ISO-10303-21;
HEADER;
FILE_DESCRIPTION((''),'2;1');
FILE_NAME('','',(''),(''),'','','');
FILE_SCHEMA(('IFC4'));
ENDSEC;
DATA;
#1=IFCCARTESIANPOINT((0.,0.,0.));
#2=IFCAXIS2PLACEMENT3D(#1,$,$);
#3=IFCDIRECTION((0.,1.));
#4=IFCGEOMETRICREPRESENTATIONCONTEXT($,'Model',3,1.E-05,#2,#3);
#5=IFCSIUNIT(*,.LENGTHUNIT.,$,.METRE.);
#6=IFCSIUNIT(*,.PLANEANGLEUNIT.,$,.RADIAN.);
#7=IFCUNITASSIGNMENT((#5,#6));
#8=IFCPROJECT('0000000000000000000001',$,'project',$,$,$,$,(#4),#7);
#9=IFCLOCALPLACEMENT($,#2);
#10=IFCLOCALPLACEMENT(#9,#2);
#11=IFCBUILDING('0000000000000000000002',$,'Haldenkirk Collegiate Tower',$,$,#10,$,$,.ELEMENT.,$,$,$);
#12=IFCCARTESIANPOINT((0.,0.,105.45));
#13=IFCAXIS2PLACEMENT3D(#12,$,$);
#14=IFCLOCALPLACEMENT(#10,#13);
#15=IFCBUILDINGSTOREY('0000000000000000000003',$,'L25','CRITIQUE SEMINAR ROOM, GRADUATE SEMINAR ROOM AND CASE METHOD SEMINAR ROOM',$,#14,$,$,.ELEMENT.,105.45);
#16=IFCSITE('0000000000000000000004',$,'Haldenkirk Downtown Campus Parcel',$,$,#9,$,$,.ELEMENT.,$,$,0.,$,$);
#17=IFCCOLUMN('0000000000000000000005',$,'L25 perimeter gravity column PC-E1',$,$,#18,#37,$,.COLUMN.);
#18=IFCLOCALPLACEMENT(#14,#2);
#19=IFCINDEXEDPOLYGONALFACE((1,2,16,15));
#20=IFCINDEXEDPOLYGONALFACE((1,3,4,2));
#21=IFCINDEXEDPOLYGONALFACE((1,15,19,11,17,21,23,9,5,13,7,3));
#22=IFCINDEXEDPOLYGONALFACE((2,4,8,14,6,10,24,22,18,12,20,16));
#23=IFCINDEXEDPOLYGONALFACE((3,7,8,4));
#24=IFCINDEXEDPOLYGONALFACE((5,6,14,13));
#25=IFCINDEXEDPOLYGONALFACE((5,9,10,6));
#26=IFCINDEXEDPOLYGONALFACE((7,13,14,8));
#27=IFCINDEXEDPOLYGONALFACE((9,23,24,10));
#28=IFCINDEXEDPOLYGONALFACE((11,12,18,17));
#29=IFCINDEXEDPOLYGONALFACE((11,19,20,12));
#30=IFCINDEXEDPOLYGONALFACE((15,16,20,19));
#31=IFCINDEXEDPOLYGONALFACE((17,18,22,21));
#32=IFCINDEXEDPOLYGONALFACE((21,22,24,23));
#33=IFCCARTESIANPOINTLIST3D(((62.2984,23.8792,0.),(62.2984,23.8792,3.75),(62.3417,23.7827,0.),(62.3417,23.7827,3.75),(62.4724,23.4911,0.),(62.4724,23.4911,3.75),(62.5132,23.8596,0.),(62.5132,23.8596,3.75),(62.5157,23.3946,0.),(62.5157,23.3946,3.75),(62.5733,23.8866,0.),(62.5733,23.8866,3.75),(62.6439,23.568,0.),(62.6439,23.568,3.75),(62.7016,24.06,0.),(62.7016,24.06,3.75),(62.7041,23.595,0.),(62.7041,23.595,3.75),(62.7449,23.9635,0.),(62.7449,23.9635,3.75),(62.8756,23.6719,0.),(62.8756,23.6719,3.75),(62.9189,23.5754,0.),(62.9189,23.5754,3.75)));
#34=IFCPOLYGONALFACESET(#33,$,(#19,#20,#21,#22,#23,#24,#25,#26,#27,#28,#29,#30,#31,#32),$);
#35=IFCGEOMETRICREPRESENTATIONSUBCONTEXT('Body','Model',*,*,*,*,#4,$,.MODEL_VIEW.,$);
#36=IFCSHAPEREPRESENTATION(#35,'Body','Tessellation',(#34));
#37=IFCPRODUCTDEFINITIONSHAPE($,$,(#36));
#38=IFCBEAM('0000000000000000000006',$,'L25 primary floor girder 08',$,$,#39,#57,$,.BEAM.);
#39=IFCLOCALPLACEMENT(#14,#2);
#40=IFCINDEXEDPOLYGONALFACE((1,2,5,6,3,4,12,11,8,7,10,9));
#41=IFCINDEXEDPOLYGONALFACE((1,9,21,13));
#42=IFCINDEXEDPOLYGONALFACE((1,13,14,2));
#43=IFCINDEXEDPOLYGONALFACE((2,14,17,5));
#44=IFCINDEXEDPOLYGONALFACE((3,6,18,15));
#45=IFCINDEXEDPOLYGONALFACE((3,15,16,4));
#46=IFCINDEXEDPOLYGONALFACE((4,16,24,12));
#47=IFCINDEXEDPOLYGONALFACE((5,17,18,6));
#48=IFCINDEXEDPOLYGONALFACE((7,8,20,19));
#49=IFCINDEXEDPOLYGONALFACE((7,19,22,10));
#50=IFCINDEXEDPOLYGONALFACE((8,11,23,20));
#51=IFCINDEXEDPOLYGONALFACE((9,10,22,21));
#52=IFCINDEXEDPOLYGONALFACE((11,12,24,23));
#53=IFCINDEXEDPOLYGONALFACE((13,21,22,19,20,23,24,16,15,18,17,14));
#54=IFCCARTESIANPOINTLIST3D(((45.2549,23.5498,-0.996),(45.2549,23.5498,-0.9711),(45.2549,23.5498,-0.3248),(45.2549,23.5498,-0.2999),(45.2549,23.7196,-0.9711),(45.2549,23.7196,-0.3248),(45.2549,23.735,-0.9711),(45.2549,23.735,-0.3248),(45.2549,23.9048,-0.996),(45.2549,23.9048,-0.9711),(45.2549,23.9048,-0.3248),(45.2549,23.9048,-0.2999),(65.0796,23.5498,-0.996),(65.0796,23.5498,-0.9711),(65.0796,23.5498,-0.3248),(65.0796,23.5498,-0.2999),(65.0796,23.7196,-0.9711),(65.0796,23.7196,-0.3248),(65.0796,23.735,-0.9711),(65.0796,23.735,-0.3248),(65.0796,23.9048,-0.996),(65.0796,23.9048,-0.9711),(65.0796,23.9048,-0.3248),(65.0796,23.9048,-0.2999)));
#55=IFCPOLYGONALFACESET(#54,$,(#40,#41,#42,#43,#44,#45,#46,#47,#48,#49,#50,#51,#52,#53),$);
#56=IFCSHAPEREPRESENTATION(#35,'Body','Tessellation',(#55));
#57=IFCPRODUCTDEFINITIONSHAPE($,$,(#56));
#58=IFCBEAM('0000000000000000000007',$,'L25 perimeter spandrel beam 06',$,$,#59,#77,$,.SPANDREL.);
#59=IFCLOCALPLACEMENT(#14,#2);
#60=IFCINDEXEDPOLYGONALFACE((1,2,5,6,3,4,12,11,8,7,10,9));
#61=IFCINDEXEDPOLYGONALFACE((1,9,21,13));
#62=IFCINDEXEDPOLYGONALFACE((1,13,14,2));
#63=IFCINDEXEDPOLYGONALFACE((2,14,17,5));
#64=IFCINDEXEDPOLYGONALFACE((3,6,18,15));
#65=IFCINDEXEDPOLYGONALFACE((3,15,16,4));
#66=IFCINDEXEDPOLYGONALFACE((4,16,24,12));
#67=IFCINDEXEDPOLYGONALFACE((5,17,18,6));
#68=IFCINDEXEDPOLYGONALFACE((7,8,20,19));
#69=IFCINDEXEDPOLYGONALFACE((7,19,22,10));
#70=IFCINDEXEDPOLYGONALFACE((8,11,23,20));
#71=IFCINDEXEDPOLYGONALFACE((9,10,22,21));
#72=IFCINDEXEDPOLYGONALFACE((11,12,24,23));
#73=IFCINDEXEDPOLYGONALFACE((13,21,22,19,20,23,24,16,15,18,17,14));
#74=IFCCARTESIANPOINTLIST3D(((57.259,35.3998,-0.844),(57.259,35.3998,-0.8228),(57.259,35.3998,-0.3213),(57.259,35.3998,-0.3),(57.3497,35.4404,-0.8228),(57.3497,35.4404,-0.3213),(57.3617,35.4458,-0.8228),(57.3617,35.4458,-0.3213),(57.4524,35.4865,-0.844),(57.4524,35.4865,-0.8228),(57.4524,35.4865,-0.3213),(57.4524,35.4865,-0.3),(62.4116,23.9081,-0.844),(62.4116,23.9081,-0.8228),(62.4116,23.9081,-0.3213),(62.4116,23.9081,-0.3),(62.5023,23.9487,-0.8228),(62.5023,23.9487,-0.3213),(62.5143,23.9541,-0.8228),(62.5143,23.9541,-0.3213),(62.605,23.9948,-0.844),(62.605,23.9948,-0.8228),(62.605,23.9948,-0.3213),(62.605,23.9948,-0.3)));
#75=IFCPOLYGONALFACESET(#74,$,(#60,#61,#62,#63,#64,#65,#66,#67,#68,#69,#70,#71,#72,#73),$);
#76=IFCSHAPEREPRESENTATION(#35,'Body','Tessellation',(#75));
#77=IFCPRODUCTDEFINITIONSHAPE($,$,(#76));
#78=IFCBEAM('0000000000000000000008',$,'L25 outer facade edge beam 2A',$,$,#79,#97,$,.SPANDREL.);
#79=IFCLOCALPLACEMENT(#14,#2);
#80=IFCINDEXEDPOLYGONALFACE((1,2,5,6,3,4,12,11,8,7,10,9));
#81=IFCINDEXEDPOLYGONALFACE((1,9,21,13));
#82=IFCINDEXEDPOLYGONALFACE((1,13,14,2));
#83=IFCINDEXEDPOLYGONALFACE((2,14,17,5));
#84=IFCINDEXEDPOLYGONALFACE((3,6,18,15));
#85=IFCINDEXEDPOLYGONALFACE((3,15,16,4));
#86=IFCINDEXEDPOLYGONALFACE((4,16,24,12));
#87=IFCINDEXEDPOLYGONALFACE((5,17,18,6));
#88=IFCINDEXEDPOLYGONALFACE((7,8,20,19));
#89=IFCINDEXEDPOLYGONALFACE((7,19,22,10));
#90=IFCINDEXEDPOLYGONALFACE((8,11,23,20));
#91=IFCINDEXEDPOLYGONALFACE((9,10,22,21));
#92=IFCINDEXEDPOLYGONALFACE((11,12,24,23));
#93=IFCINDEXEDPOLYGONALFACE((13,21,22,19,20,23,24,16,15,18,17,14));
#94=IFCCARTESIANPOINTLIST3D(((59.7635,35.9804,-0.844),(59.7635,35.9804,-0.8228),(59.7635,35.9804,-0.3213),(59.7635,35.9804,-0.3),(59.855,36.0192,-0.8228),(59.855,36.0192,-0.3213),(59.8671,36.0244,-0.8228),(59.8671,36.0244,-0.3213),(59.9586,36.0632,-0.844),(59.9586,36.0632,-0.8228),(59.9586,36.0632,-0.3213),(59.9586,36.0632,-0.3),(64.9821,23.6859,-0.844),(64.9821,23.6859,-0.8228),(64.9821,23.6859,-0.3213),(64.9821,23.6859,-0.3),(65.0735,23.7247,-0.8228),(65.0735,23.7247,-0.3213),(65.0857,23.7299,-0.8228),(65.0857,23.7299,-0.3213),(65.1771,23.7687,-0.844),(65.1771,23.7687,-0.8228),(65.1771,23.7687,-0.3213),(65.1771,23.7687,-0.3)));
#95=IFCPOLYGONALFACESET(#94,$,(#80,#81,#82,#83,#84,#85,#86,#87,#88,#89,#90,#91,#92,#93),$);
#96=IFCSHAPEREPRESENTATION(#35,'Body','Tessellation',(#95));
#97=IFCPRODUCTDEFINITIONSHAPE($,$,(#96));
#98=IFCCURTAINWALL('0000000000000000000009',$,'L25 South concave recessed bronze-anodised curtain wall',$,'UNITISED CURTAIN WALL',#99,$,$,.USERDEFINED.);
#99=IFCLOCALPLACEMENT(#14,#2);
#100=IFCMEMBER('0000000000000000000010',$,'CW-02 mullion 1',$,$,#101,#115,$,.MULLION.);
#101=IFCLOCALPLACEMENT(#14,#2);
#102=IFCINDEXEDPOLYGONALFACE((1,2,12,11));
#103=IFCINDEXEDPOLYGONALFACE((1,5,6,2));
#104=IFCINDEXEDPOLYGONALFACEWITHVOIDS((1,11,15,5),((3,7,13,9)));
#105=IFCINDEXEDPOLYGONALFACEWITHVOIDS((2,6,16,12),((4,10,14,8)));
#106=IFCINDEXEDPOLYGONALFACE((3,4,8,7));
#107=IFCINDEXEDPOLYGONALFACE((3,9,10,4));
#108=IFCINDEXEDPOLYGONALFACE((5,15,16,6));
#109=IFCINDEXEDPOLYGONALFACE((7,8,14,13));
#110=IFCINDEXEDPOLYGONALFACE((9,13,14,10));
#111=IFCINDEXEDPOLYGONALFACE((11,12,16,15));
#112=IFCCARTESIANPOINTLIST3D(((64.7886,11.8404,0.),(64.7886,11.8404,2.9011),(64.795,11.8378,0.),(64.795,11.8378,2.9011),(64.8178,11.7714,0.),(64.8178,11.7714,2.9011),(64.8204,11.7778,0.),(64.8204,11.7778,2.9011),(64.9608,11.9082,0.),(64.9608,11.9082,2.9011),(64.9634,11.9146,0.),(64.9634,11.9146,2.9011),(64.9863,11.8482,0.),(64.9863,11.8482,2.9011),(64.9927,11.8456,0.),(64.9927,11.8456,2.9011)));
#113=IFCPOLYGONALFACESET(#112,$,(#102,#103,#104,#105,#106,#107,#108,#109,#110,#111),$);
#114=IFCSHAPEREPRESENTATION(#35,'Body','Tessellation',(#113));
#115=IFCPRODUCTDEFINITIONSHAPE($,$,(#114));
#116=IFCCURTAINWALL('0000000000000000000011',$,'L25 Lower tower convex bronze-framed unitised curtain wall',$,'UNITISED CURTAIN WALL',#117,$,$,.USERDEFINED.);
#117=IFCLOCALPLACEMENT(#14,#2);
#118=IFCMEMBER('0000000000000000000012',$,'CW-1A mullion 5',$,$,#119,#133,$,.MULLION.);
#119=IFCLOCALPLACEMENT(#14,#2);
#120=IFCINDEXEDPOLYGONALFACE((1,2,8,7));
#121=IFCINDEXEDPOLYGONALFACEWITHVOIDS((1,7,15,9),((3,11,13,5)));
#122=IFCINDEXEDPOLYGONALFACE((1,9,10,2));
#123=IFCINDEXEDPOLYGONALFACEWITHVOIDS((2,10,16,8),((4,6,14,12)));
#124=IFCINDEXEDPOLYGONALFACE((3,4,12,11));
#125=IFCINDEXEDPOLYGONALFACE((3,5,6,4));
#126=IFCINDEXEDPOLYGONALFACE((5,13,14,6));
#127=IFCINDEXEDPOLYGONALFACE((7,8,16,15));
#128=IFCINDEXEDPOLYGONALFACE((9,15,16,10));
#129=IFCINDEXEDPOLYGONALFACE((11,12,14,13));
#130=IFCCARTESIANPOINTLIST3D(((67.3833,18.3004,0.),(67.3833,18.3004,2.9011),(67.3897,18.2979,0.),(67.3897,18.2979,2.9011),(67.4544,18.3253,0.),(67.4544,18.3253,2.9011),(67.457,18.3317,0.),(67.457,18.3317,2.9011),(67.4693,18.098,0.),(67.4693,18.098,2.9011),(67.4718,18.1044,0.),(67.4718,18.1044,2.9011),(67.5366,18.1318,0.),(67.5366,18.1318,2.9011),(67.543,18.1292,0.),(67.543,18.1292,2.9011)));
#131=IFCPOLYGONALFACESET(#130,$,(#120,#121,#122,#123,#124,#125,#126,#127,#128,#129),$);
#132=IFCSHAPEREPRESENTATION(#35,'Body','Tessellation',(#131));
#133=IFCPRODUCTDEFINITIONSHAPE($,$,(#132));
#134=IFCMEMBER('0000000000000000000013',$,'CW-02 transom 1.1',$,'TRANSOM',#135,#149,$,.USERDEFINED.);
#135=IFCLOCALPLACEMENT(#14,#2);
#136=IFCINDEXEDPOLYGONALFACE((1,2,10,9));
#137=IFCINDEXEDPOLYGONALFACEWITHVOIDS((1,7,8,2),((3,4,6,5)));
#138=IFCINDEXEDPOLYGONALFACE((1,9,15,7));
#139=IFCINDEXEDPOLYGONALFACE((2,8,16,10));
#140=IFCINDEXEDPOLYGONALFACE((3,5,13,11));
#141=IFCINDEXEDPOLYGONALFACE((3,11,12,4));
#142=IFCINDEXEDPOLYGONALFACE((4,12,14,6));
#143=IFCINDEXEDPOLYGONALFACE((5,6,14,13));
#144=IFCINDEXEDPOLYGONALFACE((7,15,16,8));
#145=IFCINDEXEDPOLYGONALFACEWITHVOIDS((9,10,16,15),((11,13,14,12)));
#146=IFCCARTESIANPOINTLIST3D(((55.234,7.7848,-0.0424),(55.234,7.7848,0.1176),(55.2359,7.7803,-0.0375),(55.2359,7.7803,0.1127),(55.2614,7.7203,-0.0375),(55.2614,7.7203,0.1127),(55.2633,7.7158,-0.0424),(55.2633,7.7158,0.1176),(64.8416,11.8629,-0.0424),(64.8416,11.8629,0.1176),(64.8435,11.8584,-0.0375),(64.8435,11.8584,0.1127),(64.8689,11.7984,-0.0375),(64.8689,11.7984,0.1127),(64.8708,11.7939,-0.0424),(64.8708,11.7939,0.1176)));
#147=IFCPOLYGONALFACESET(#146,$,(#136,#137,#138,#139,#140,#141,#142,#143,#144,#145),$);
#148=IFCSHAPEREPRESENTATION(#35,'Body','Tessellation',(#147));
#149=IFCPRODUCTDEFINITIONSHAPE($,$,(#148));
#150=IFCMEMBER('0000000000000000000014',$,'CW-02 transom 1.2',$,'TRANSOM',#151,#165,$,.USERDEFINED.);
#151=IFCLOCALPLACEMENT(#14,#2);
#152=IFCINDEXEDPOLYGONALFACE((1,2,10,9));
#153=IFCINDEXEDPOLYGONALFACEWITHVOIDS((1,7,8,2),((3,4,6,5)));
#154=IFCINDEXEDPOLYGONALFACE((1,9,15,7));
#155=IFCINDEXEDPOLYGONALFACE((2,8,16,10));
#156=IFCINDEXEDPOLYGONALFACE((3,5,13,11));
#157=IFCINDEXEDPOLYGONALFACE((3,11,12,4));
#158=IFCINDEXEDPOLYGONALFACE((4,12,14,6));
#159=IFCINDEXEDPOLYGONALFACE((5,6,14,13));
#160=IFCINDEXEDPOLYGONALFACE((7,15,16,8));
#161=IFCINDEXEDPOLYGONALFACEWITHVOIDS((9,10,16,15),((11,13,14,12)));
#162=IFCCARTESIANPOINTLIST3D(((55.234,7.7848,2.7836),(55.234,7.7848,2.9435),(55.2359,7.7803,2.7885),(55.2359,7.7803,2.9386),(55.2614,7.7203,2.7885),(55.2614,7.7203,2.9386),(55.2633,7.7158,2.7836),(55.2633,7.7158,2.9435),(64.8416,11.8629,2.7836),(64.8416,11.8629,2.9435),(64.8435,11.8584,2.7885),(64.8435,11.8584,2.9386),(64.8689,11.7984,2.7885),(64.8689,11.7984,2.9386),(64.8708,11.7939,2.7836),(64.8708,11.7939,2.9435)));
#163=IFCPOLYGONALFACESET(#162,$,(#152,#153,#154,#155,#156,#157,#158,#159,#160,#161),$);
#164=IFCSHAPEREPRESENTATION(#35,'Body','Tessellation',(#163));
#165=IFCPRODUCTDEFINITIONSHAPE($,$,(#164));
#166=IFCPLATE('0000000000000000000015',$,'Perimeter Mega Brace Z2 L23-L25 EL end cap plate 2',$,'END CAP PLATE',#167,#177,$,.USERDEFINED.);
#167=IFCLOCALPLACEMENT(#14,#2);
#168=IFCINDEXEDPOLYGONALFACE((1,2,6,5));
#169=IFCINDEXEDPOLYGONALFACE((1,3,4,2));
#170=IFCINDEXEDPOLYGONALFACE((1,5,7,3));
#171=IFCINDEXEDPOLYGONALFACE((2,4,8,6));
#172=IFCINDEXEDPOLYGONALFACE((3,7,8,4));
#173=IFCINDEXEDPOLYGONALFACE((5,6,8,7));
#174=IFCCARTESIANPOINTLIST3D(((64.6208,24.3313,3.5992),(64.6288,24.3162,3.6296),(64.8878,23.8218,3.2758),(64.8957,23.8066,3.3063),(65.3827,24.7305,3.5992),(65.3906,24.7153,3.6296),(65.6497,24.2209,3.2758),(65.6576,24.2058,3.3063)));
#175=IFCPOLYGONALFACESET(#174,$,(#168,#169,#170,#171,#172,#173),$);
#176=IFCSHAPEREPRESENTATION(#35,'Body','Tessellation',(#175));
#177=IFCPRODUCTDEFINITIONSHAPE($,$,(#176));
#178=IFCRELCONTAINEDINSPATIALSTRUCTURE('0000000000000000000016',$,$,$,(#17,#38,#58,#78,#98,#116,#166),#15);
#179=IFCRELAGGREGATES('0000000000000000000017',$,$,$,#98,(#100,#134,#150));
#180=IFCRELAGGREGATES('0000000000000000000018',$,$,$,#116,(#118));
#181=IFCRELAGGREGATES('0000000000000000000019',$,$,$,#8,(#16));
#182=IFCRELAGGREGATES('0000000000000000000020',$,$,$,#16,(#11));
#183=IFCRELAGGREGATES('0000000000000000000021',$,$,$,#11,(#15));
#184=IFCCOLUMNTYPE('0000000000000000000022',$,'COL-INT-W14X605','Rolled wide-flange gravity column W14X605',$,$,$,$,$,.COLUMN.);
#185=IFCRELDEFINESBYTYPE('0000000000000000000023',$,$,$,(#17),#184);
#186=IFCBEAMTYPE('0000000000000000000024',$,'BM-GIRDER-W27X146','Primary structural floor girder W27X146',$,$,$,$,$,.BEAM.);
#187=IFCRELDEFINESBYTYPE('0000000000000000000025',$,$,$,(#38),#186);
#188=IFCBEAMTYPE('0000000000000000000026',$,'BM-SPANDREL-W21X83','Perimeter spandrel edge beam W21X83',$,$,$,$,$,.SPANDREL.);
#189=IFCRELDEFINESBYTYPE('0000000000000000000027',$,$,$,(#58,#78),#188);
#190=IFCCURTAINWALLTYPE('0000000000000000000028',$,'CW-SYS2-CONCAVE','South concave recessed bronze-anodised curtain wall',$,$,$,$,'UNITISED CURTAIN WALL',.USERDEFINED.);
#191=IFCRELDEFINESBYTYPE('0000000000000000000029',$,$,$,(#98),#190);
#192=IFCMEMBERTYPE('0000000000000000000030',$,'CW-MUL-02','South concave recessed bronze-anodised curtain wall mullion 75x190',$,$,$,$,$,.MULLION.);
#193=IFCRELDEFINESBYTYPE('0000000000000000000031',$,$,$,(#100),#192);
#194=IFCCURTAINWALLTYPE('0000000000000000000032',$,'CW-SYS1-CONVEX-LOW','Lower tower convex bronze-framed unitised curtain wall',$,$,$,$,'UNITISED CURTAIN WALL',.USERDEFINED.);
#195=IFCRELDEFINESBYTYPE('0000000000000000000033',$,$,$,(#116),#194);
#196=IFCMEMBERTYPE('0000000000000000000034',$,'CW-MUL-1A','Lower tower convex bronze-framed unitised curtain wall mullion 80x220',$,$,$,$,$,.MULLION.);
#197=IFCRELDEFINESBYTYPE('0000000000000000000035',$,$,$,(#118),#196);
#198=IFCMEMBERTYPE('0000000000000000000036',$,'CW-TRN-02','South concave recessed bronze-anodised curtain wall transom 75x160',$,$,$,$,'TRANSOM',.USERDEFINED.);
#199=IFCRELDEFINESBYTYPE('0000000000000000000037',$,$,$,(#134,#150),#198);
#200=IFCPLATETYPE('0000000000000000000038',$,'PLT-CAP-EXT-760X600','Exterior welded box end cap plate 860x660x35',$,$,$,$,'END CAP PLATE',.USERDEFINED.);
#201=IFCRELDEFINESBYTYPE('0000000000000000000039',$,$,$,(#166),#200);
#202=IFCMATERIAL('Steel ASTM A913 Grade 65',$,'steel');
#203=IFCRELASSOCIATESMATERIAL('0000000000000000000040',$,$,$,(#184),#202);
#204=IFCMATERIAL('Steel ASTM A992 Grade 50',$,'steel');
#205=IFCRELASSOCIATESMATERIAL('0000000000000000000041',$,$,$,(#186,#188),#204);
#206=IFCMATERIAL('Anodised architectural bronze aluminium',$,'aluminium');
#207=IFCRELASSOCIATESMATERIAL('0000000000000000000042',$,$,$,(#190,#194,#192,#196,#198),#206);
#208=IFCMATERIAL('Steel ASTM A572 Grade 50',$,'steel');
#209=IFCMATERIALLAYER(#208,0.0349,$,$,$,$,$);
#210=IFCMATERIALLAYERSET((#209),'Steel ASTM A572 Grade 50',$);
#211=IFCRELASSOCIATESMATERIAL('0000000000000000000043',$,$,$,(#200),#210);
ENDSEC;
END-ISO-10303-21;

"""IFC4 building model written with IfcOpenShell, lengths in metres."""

from ifc_helpers import new_model, si_unit, direction, frame, origin, origin_2d, place, context, subcontext, project, spatial, rectangle, hollow_rectangle, i_section, extrude, source, transform, mapped, material, layer, layer_set, material_profile, profile_set, type_object, element, aggregate, save


model = new_model("IFC4")

# Units and contexts
model_context = context("Model", 3, precision=1e-05, world=origin(), true_north=direction((0.0, 1.0)))
body_context = subcontext(model_context, "Body", "Model", "MODEL_VIEW")
ifc_project = project(units=[si_unit("LENGTHUNIT", "METRE"), si_unit("PLANEANGLEUNIT", "RADIAN")], contexts=[model_context])

# Site, building, storey
site_placement = place(None, origin())
site = spatial("IfcSite", under=ifc_project, at=site_placement, Name="Haldenkirk Downtown Campus Parcel", CompositionType="ELEMENT", RefElevation=0.0)
building_placement = place(site_placement, origin())
building = spatial("IfcBuilding", under=site, at=building_placement, Name="Haldenkirk Collegiate Tower", CompositionType="ELEMENT")
storey_placement = place(building_placement, frame((0.0, 0.0, 105.45)))
storey = spatial("IfcBuildingStorey", under=building, at=storey_placement, Name="L25", Description="CRITIQUE SEMINAR ROOM, GRADUATE SEMINAR ROOM AND CASE METHOD SEMINAR ROOM", CompositionType="ELEMENT", Elevation=105.45)

# Column
ifc_material_1 = material(Name="Steel ASTM A913 Grade 65", Category="steel")
ifc_material_profile_1 = material_profile(ifc_material_1, i_section(OverallWidth=0.4419, OverallDepth=0.531, WebThickness=0.0659, FlangeThickness=0.1057, at=origin_2d()), Name="W14X605")
ifc_profile_set_1 = profile_set([ifc_material_profile_1], Name="Steel ASTM A913 Grade 65")
column_type = type_object("IfcColumnType", Name="COL-INT-W14X605", Description="Rolled wide-flange gravity column W14X605", PredefinedType="COLUMN", material=ifc_profile_set_1)
column_placement = place(storey_placement, frame((62.6086, 23.7273, 0.0), z_axis=(0.0, 0.0, 1.0), x_axis=(0.912477, 0.409127, 0.0)))
element("IfcColumn", 1, at=column_placement, inside=storey, type_object=column_type, Name="L25 perimeter gravity column PC-E1", PredefinedType="COLUMN", context=body_context, shape_type="SweptSolid", body=[
    extrude(i_section(OverallWidth=0.4419, OverallDepth=0.531, WebThickness=0.0659, FlangeThickness=0.1057, at=origin_2d()), origin(), (0.0, 0.0, 1.0), 3.75),
])

# Beams
ifc_material_2 = material(Name="Steel ASTM A992 Grade 50", Category="steel")
ifc_material_profile_2 = material_profile(ifc_material_2, i_section(OverallWidth=0.355, OverallDepth=0.696, WebThickness=0.0154, FlangeThickness=0.0249, at=origin_2d()), Name="W27X146")
ifc_profile_set_2 = profile_set([ifc_material_profile_2], Name="Steel ASTM A992 Grade 50")
beam_type_1 = type_object("IfcBeamType", Name="BM-GIRDER-W27X146", Description="Primary structural floor girder W27X146", PredefinedType="BEAM", material=ifc_profile_set_2)
beam_1_placement = place(storey_placement, frame((65.0796, 23.7273, -0.6479), z_axis=(-1.0, 0.0, 0.0), x_axis=(0.0, -1.0, 0.0)))
element("IfcBeam", 2, at=beam_1_placement, inside=storey, type_object=beam_type_1, Name="L25 primary floor girder 08", PredefinedType="BEAM", context=body_context, shape_type="SweptSolid", body=[
    extrude(i_section(OverallWidth=0.355, OverallDepth=0.696, WebThickness=0.0154, FlangeThickness=0.0249, at=origin_2d()), origin(), (0.0, 0.0, 1.0), 19.8247),
])
ifc_material_profile_3 = material_profile(ifc_material_2, i_section(OverallWidth=0.2119, OverallDepth=0.5439, WebThickness=0.0132, FlangeThickness=0.0212, at=origin_2d()), Name="W21X83")
ifc_profile_set_3 = profile_set([ifc_material_profile_3], Name="Steel ASTM A992 Grade 50")
beam_type_2 = type_object("IfcBeamType", Name="BM-SPANDREL-W21X83", Description="Perimeter spandrel edge beam W21X83", PredefinedType="SPANDREL", material=ifc_profile_set_3)
beam_2_placement = place(storey_placement, frame((62.5083, 23.9514, -0.572), z_axis=(-0.409131, 0.912476, 0.0), x_axis=(-0.912476, -0.409131, 0.0)))
element("IfcBeam", 3, at=beam_2_placement, inside=storey, type_object=beam_type_2, Name="L25 perimeter spandrel beam 06", PredefinedType="SPANDREL", context=body_context, shape_type="SweptSolid", body=[
    extrude(i_section(OverallWidth=0.2119, OverallDepth=0.5439, WebThickness=0.0132, FlangeThickness=0.0212, at=origin_2d()), origin(), (0.0, 0.0, 1.0), 12.594),
])
beam_3_placement = place(storey_placement, frame((65.0796, 23.7273, -0.572), z_axis=(-0.39072, 0.920509, 0.0), x_axis=(-0.920509, -0.39072, 0.0)))
element("IfcBeam", 4, at=beam_3_placement, inside=storey, type_object=beam_type_2, Name="L25 outer facade edge beam 2A", PredefinedType="SPANDREL", context=body_context, shape_type="SweptSolid", body=[
    extrude(i_section(OverallWidth=0.2119, OverallDepth=0.5439, WebThickness=0.0132, FlangeThickness=0.0212, at=origin_2d()), origin(), (0.0, 0.0, 1.0), 13.3562),
])

# Curtain walls, members
ifc_material_3 = material(Name="Anodised architectural bronze aluminium", Category="aluminium")
curtain_wall_type_1 = type_object("IfcCurtainWallType", Name="CW-SYS2-CONCAVE", Description="South concave recessed bronze-anodised curtain wall", ElementType="UNITISED CURTAIN WALL", PredefinedType="USERDEFINED", material=ifc_material_3)
curtain_wall_1_placement = place(storey_placement, origin())
curtain_wall_1 = element("IfcCurtainWall", 5, at=curtain_wall_1_placement, inside=storey, type_object=curtain_wall_type_1, Name="L25 South concave recessed bronze-anodised curtain wall", ObjectType="UNITISED CURTAIN WALL", PredefinedType="USERDEFINED")
ifc_material_profile_4 = material_profile(ifc_material_3, hollow_rectangle(XDim=0.075, YDim=0.1899, WallThickness=0.0049, at=origin_2d()), Name="CW-MUL-02")
ifc_profile_set_4 = profile_set([ifc_material_profile_4], Name="Anodised architectural bronze aluminium")
member_type_1 = type_object("IfcMemberType", Name="CW-MUL-02", Description="South concave recessed bronze-anodised curtain wall mullion 75x190", PredefinedType="MULLION", material=ifc_profile_set_4)
member_1_placement = place(storey_placement, frame((64.8906, 11.843, 0.0), z_axis=(0.0, 0.0, 1.0), x_axis=(0.390731, -0.920505, 0.0)))
member_1 = element("IfcMember", 6, at=member_1_placement, type_object=member_type_1, Name="CW-02 mullion 1", PredefinedType="MULLION", context=body_context, shape_type="SweptSolid", body=[
    extrude(hollow_rectangle(XDim=0.075, YDim=0.1899, WallThickness=0.0049, at=origin_2d()), origin(), (0.0, 0.0, 1.0), 2.9011),
])
curtain_wall_type_2 = type_object("IfcCurtainWallType", Name="CW-SYS1-CONVEX-LOW", Description="Lower tower convex bronze-framed unitised curtain wall", ElementType="UNITISED CURTAIN WALL", PredefinedType="USERDEFINED", material=ifc_material_3)
curtain_wall_2_placement = place(storey_placement, origin())
curtain_wall_2 = element("IfcCurtainWall", 7, at=curtain_wall_2_placement, inside=storey, type_object=curtain_wall_type_2, Name="L25 Lower tower convex bronze-framed unitised curtain wall", ObjectType="UNITISED CURTAIN WALL", PredefinedType="USERDEFINED")
ifc_material_profile_5 = material_profile(ifc_material_3, hollow_rectangle(XDim=0.0801, YDim=0.22, WallThickness=0.0049, at=origin_2d()), Name="CW-MUL-1A")
ifc_profile_set_5 = profile_set([ifc_material_profile_5], Name="Anodised architectural bronze aluminium")
member_type_2 = type_object("IfcMemberType", Name="CW-MUL-1A", Description="Lower tower convex bronze-framed unitised curtain wall mullion 80x220", PredefinedType="MULLION", material=ifc_profile_set_5)
member_2_placement = place(storey_placement, frame((67.4631, 18.2148, 0.0), z_axis=(0.0, 0.0, 1.0), x_axis=(0.920505, 0.39073, 0.0)))
member_2 = element("IfcMember", 8, at=member_2_placement, type_object=member_type_2, Name="CW-1A mullion 5", PredefinedType="MULLION", context=body_context, shape_type="SweptSolid", body=[
    extrude(hollow_rectangle(XDim=0.0801, YDim=0.22, WallThickness=0.0049, at=origin_2d()), origin(), (0.0, 0.0, 1.0), 2.9011),
])

# Members
ifc_material_profile_6 = material_profile(ifc_material_3, hollow_rectangle(XDim=0.075, YDim=0.1599, WallThickness=0.0049, at=origin_2d()), Name="CW-TRN-02")
ifc_profile_set_6 = profile_set([ifc_material_profile_6], Name="Anodised architectural bronze aluminium")
member_type_3 = type_object("IfcMemberType", Name="CW-TRN-02", Description="South concave recessed bronze-anodised curtain wall transom 75x160", ElementType="TRANSOM", PredefinedType="USERDEFINED", material=ifc_profile_set_6)
member_3_placement = place(storey_placement, frame((64.8562, 11.8284, 0.0376), z_axis=(-0.920508, -0.390724, 0.0), x_axis=(0.390724, -0.920508, 0.0)))
member_3 = element("IfcMember", 9, at=member_3_placement, type_object=member_type_3, Name="CW-02 transom 1.1", ObjectType="TRANSOM", PredefinedType="USERDEFINED", context=body_context, shape_type="SweptSolid", body=[
    extrude(hollow_rectangle(XDim=0.075, YDim=0.1599, WallThickness=0.0049, at=origin_2d()), origin(), (0.0, 0.0, 1.0), 10.4373),
])
member_4_placement = place(storey_placement, frame((64.8562, 11.8284, 2.8635), z_axis=(-0.920508, -0.390724, 0.0), x_axis=(0.390724, -0.920508, 0.0)))
member_4 = element("IfcMember", 10, at=member_4_placement, type_object=member_type_3, Name="CW-02 transom 1.2", ObjectType="TRANSOM", PredefinedType="USERDEFINED", context=body_context, shape_type="SweptSolid", body=[
    extrude(hollow_rectangle(XDim=0.075, YDim=0.1599, WallThickness=0.0049, at=origin_2d()), origin(), (0.0, 0.0, 1.0), 10.4373),
])

# Plate
ifc_material_4 = material(Name="Steel ASTM A572 Grade 50", Category="steel")
ifc_layer_1 = layer(ifc_material_4, 0.0349)
ifc_layer_set_1 = layer_set([ifc_layer_1], Name="Steel ASTM A572 Grade 50")
plate_type_1 = type_object("IfcPlateType", Name="PLT-CAP-EXT-760X600", Description="Exterior welded box end cap plate 860x660x35", ElementType="END CAP PLATE", PredefinedType="USERDEFINED", material=ifc_layer_set_1)
shared_shape_1 = source(origin(), body_context, "Body", "SweptSolid", [
    extrude(rectangle(XDim=0.8601, YDim=0.6599, at=origin_2d()), origin(), (0.0, 0.0, 1.0), 0.0349),
])
plate_1_placement = place(storey_placement, frame((65.1353, 24.2761, 3.4375), z_axis=(0.227383, -0.433998, 0.871747), x_axis=(0.885789, 0.464087, 0.0)))
element("IfcPlate", 11, at=plate_1_placement, inside=storey, type_object=plate_type_1, Name="Perimeter Mega Brace Z2 L23-L25 EL end cap plate 2", ObjectType="END CAP PLATE", PredefinedType="USERDEFINED", context=body_context, shape_type="MappedRepresentation", body=[
    mapped(shared_shape_1, transform((0.0, 0.0, 0.0), x_axis=(1.0, 0.0, 0.0), y_axis=(0.0, 1.0, 0.0), z_axis=(0.0, 0.0, 1.0), scale=1.0)),
])
aggregate(curtain_wall_1, [member_1, member_3, member_4])
aggregate(curtain_wall_2, [member_2])

save(model, "model.ifc")
